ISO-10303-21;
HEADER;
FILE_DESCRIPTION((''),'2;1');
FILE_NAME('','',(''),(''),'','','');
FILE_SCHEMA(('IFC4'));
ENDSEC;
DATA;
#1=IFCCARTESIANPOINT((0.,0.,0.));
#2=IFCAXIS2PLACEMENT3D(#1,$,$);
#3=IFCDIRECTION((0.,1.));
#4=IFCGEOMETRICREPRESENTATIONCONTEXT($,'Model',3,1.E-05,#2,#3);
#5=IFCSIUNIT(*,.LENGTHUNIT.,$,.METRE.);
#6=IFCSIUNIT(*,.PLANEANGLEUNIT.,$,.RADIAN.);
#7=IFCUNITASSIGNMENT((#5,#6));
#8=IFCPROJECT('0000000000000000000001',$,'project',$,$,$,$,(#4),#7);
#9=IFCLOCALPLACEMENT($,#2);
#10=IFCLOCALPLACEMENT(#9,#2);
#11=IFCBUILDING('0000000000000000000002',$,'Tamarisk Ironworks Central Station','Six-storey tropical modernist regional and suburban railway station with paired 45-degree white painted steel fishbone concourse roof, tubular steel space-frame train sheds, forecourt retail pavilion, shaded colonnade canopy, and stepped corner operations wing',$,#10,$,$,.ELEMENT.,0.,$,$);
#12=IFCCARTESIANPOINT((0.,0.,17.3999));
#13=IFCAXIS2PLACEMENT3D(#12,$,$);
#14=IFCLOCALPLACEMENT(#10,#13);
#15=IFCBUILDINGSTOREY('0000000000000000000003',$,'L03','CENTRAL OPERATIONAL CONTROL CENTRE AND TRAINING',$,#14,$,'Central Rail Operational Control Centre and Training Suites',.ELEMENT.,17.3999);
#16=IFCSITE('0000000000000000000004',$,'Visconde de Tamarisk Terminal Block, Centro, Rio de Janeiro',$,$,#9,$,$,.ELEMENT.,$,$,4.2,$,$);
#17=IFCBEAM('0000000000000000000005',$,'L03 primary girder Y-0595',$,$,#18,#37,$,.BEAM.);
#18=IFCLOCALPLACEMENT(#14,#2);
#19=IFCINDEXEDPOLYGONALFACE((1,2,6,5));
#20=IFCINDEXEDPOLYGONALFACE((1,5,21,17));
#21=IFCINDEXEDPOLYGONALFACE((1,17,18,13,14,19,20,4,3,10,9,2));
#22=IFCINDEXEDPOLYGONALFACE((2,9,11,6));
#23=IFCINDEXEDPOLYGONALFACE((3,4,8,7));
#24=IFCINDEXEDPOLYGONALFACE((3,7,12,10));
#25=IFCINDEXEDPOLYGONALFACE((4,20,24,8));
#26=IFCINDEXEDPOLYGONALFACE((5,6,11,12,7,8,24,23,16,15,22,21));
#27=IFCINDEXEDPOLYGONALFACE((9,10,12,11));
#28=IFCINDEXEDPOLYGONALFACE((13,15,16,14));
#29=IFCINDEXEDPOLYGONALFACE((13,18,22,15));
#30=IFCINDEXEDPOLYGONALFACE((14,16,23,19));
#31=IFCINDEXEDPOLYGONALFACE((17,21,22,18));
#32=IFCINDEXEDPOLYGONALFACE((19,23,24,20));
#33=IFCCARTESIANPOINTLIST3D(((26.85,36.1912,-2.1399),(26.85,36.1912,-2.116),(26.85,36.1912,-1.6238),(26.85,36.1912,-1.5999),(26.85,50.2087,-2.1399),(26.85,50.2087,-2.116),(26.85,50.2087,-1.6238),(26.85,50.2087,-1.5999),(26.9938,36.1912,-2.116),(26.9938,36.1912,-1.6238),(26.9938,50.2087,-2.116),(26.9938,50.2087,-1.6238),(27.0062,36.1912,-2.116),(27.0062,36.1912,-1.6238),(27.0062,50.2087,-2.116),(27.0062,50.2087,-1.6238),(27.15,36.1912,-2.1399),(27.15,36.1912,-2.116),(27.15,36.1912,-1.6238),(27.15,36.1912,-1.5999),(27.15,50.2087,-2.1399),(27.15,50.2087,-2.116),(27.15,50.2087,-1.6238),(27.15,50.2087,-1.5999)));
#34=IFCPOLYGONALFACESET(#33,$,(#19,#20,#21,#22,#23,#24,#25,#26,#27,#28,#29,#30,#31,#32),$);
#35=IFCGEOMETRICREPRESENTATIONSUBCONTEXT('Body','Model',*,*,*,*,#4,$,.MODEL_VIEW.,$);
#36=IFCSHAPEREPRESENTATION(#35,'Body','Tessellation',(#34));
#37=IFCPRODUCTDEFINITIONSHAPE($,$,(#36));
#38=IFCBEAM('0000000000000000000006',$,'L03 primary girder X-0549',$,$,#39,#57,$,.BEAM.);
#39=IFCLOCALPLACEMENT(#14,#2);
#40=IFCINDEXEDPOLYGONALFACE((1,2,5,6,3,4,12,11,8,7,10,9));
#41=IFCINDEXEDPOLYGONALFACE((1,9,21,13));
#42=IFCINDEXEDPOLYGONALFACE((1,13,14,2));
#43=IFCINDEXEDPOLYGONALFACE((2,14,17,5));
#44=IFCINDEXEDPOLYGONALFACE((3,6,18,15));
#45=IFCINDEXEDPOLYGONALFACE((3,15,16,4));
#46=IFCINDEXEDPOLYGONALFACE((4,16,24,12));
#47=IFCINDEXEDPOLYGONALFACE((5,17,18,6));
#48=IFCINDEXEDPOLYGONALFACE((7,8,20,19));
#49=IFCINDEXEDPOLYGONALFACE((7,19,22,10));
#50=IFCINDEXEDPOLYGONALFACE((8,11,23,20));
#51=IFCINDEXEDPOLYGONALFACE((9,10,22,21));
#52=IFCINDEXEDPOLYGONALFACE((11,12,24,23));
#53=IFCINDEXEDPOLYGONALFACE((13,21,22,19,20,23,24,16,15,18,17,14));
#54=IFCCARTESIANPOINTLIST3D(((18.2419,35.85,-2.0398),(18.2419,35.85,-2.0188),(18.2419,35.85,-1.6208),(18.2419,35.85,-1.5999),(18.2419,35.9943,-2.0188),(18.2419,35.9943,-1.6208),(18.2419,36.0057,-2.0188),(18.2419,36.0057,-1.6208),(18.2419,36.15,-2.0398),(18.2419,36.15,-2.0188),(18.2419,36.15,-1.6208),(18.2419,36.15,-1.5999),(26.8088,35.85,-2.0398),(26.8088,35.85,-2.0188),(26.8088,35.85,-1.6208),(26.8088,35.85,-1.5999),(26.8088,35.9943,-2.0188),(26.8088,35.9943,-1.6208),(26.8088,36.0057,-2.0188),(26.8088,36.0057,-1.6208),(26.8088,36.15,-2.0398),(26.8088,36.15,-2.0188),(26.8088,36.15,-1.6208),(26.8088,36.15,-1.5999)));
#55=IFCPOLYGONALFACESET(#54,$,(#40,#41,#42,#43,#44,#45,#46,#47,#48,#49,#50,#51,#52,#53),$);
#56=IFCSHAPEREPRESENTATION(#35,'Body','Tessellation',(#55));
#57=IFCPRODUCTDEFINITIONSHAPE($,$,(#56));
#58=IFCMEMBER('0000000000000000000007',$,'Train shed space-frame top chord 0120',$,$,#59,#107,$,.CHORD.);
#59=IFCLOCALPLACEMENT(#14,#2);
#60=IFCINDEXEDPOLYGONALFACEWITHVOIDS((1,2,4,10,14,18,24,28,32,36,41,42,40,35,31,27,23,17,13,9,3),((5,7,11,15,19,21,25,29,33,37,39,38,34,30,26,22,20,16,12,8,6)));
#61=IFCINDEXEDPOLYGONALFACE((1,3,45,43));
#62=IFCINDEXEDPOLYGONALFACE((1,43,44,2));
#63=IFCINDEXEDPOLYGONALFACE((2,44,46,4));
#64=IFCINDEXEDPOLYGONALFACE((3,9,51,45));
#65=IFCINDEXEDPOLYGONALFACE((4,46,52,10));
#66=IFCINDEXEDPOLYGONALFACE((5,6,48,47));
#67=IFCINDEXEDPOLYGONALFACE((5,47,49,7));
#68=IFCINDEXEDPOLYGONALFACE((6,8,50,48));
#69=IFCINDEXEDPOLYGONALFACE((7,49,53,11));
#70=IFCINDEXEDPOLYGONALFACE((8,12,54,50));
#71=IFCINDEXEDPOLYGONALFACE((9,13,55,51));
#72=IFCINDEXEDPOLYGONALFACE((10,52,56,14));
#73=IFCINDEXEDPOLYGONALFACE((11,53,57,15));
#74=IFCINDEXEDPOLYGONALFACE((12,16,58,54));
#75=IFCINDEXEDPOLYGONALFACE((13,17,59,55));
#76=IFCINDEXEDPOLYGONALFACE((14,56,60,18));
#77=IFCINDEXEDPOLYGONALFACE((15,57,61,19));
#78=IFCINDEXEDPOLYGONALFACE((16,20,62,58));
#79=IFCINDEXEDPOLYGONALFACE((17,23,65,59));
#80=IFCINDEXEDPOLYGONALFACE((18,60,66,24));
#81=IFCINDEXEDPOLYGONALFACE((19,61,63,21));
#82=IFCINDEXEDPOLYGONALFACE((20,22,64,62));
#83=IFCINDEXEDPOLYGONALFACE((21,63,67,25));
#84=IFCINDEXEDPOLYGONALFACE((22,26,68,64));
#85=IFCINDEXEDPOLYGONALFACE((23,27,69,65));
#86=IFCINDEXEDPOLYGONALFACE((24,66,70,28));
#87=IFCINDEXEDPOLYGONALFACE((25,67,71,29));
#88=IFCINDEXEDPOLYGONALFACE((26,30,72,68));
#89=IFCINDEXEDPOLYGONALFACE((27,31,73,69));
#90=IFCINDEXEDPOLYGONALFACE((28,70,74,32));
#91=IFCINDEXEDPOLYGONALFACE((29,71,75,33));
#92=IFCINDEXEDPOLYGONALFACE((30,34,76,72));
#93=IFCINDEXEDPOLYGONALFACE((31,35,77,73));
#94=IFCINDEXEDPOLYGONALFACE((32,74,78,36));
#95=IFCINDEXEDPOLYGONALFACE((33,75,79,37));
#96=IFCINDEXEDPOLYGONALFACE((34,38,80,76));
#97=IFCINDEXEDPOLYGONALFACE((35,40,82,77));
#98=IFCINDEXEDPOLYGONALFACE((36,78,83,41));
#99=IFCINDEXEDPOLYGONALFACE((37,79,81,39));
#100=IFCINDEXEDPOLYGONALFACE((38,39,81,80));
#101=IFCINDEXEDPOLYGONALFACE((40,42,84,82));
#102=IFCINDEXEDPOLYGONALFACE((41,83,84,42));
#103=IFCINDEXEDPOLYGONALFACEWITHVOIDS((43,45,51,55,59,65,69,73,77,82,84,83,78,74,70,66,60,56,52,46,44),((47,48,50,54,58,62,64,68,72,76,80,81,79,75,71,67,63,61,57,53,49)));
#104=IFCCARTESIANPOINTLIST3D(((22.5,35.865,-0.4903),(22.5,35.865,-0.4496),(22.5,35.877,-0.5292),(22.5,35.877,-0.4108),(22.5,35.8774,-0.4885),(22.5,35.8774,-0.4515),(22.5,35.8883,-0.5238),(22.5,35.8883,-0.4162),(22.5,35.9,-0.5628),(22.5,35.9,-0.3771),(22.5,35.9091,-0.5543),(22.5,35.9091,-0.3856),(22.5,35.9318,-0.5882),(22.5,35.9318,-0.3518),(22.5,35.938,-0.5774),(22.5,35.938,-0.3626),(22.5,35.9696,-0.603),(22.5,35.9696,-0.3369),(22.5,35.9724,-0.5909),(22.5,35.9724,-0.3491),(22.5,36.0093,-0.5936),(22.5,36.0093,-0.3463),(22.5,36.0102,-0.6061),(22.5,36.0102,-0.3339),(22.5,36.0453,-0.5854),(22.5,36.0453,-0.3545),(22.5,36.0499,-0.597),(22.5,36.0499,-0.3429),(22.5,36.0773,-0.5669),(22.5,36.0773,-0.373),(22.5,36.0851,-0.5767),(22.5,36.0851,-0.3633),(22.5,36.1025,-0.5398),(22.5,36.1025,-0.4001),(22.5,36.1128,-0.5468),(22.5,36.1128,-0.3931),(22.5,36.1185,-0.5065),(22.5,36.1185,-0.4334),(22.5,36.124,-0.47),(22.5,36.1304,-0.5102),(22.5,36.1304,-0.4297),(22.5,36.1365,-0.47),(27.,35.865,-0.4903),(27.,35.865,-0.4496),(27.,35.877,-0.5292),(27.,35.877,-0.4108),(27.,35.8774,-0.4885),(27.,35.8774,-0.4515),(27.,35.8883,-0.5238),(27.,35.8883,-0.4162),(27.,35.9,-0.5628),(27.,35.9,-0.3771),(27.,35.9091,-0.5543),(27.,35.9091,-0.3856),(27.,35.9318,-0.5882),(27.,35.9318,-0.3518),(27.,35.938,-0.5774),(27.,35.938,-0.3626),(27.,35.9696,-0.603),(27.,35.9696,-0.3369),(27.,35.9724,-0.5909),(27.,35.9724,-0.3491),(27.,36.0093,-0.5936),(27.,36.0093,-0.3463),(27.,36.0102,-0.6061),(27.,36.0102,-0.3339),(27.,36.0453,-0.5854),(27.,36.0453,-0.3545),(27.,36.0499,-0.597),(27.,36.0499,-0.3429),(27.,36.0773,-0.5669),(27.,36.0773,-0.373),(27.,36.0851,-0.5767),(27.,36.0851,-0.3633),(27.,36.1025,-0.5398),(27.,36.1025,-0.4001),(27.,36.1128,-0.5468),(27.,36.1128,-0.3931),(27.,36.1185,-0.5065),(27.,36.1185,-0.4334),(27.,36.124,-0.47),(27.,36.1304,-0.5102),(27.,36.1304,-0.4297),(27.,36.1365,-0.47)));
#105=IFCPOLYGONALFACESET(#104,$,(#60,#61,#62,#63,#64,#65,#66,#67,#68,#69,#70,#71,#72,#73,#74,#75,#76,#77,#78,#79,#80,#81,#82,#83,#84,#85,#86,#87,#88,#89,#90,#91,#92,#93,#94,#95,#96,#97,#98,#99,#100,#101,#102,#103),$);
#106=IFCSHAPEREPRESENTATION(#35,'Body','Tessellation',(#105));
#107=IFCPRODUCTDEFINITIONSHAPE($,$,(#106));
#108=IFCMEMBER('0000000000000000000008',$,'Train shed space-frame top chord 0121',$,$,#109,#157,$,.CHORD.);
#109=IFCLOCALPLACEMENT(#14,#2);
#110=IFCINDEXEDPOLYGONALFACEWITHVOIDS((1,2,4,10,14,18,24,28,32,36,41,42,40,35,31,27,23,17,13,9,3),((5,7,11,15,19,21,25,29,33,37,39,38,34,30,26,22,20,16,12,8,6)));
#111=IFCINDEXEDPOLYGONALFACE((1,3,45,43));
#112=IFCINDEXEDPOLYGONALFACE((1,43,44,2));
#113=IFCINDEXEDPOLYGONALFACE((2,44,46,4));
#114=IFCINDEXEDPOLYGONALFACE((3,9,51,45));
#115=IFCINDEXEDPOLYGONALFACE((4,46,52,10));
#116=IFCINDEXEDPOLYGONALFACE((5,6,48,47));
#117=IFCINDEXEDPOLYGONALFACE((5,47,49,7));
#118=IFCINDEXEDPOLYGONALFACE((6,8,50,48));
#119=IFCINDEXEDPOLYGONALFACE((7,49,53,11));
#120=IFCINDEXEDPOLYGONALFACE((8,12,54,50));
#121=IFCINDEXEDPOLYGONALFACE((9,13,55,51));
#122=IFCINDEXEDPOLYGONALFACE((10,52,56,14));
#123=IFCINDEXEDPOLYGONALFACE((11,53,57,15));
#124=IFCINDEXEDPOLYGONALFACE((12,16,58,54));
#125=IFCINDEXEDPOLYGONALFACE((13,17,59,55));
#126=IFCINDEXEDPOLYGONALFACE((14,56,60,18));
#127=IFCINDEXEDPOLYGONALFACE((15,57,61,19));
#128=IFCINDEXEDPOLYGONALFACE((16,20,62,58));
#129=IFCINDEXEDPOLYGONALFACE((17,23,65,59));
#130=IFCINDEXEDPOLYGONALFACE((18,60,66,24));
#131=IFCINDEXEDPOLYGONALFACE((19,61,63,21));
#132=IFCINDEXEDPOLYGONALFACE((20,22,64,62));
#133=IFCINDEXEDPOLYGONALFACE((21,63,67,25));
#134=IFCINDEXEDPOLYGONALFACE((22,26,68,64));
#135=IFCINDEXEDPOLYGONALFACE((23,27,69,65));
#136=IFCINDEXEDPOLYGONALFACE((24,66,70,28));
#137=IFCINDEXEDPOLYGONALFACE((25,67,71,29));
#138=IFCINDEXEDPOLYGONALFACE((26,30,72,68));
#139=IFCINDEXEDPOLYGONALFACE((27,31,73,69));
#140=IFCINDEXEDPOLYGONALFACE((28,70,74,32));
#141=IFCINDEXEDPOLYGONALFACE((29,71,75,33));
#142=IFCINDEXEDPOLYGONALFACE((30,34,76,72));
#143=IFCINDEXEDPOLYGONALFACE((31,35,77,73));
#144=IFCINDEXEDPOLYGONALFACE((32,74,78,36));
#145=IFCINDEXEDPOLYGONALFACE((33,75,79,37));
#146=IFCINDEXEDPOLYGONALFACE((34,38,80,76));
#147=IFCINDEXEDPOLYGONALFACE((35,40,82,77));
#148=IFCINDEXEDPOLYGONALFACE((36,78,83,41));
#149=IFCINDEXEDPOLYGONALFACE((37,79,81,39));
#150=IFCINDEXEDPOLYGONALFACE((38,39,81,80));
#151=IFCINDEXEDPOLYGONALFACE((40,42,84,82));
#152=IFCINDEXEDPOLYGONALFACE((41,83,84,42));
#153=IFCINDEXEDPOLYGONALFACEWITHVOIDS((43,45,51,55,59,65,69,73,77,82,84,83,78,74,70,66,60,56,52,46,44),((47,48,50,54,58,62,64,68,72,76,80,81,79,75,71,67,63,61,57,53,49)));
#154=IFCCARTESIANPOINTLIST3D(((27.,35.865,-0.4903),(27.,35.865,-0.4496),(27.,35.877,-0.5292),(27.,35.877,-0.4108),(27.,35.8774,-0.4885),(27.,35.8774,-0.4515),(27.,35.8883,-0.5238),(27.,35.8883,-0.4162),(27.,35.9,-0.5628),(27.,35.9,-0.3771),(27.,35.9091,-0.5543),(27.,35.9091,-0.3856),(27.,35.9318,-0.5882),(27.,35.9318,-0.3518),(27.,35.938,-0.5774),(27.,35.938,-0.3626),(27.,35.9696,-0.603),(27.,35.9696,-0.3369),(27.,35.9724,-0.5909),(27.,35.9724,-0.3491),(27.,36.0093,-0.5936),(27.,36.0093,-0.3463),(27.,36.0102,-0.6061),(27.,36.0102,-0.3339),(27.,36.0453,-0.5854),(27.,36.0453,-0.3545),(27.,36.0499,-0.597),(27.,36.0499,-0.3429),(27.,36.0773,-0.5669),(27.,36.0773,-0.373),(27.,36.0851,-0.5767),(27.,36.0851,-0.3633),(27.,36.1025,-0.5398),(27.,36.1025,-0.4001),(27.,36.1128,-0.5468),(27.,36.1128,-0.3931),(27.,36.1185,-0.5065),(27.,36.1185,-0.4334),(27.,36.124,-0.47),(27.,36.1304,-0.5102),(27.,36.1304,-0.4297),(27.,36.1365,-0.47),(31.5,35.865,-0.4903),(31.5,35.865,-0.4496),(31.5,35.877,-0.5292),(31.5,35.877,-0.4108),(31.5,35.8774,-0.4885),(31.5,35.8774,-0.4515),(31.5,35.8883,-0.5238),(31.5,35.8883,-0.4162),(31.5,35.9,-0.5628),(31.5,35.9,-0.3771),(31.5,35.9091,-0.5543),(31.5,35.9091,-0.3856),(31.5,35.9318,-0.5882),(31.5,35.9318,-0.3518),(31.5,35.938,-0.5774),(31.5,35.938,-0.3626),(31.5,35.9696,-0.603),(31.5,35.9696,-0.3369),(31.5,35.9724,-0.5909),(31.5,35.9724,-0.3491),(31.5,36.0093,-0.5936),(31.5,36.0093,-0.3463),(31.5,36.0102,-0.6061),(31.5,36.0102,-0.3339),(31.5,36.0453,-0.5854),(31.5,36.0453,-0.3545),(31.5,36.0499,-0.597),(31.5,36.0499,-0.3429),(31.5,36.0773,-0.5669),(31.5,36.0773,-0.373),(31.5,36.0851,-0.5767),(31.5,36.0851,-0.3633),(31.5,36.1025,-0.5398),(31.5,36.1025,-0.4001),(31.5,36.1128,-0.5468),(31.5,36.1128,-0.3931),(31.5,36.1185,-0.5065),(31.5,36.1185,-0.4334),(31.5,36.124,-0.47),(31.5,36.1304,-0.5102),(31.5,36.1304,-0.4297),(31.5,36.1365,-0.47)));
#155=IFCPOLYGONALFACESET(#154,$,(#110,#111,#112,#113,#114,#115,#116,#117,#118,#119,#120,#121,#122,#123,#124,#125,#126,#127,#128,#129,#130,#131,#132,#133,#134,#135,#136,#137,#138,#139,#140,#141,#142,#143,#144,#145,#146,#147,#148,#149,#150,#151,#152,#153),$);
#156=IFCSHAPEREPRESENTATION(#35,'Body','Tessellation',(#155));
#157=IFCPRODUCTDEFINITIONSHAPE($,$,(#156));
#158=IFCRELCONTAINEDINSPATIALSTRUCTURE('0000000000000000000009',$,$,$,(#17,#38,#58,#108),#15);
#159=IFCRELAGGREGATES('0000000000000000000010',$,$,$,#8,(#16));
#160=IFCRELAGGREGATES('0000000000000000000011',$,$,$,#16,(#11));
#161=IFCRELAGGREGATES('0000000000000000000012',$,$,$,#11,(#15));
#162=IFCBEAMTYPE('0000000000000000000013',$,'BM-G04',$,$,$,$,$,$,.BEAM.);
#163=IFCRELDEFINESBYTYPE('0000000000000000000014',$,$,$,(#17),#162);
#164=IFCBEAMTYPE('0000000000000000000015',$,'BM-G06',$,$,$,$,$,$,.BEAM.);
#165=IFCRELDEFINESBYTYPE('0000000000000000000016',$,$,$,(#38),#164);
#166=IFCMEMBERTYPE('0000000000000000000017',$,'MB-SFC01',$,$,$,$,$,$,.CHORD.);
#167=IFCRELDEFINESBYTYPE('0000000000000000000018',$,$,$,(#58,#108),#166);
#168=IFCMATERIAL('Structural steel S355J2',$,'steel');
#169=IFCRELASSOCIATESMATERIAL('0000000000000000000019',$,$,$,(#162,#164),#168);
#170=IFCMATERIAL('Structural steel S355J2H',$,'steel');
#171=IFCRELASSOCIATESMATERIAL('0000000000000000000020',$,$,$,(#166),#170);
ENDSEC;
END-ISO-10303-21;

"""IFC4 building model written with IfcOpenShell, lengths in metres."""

from ifc_helpers import new_model, si_unit, direction, frame, origin, origin_2d, place, context, subcontext, project, spatial, hollow_circle, i_section, extrude, material, material_profile, profile_set, type_object, element, save


model = new_model("IFC4")

# Units and contexts
model_context = context("Model", 3, precision=1e-05, world=origin(), true_north=direction((0.0, 1.0)))
body_context = subcontext(model_context, "Body", "Model", "MODEL_VIEW")
ifc_project = project(units=[si_unit("LENGTHUNIT", "METRE"), si_unit("PLANEANGLEUNIT", "RADIAN")], contexts=[model_context])

# Site, building, storey
site_placement = place(None, origin())
site = spatial("IfcSite", under=ifc_project, at=site_placement, Name="Visconde de Tamarisk Terminal Block, Centro, Rio de Janeiro", CompositionType="ELEMENT", RefElevation=4.2)
building_placement = place(site_placement, origin())
building = spatial("IfcBuilding", under=site, at=building_placement, Name="Tamarisk Ironworks Central Station", Description="Six-storey tropical modernist regional and suburban railway station with paired 45-degree white painted steel fishbone concourse roof, tubular steel space-frame train sheds, forecourt retail pavilion, shaded colonnade canopy, and stepped corner operations wing", CompositionType="ELEMENT", ElevationOfRefHeight=0.0)
storey_placement = place(building_placement, frame((0.0, 0.0, 17.3999)))
storey = spatial("IfcBuildingStorey", under=building, at=storey_placement, Name="L03", Description="CENTRAL OPERATIONAL CONTROL CENTRE AND TRAINING", LongName="Central Rail Operational Control Centre and Training Suites", CompositionType="ELEMENT", Elevation=17.3999)

# Beams
ifc_material_1 = material(Name="Structural steel S355J2", Category="steel")
ifc_material_profile_1 = material_profile(ifc_material_1, i_section(OverallWidth=0.3, OverallDepth=0.54, WebThickness=0.0125, FlangeThickness=0.0239, at=origin_2d()), Name="HEA 550")
ifc_profile_set_1 = profile_set([ifc_material_profile_1], Name="Structural steel S355J2")
beam_type_1 = type_object("IfcBeamType", Name="BM-G04", PredefinedType="BEAM", material=ifc_profile_set_1)
beam_1_placement = place(storey_placement, frame((27.0, 36.1912, -1.8699), z_axis=(0.0, 1.0, 0.0), x_axis=(-1.0, 0.0, 0.0)))
element("IfcBeam", 1, at=beam_1_placement, inside=storey, type_object=beam_type_1, Name="L03 primary girder Y-0595", PredefinedType="BEAM", context=body_context, shape_type="SweptSolid", body=[
    extrude(i_section(OverallWidth=0.3, OverallDepth=0.54, WebThickness=0.0125, FlangeThickness=0.0239, at=origin_2d()), origin(), (0.0, 0.0, 1.0), 14.0176),
])
ifc_material_profile_2 = material_profile(ifc_material_1, i_section(OverallWidth=0.3, OverallDepth=0.4399, WebThickness=0.0115, FlangeThickness=0.021, at=origin_2d()), Name="HEA 450")
ifc_profile_set_2 = profile_set([ifc_material_profile_2], Name="Structural steel S355J2")
beam_type_2 = type_object("IfcBeamType", Name="BM-G06", PredefinedType="BEAM", material=ifc_profile_set_2)
beam_2_placement = place(storey_placement, frame((18.2419, 36.0, -1.8198), z_axis=(1.0, 0.0, 0.0), x_axis=(0.0, 1.0, 0.0)))
element("IfcBeam", 2, at=beam_2_placement, inside=storey, type_object=beam_type_2, Name="L03 primary girder X-0549", PredefinedType="BEAM", context=body_context, shape_type="SweptSolid", body=[
    extrude(i_section(OverallWidth=0.3, OverallDepth=0.4399, WebThickness=0.0115, FlangeThickness=0.021, at=origin_2d()), origin(), (0.0, 0.0, 1.0), 8.5669),
])

# Members
ifc_material_2 = material(Name="Structural steel S355J2H", Category="steel")
ifc_material_profile_3 = material_profile(ifc_material_2, hollow_circle(Radius=0.1365, WallThickness=0.0125, at=origin_2d()), Name="CHS 273x12.5")
ifc_profile_set_3 = profile_set([ifc_material_profile_3], Name="Structural steel S355J2H")
member_type_1 = type_object("IfcMemberType", Name="MB-SFC01", PredefinedType="CHORD", material=ifc_profile_set_3)
for number, where, z_axis, x_axis, name in (
    (3, (22.5, 36.0, -0.47), (1.0, 0.0, 0.0), (0.0, 1.0, 0.0), "Train shed space-frame top chord 0120"),
    (4, (27.0, 36.0, -0.47), (1.0, 0.0, 0.0), (0.0, 1.0, 0.0), "Train shed space-frame top chord 0121"),
):
    element("IfcMember", number, at=place(storey_placement, frame(where, z_axis=z_axis, x_axis=x_axis)), inside=storey, type_object=member_type_1, Name=name, PredefinedType="CHORD", context=body_context, shape_type="SweptSolid", body=[
        extrude(hollow_circle(Radius=0.1365, WallThickness=0.0125, at=origin_2d()), origin(), (0.0, 0.0, 1.0), 4.5),
    ])

save(model, "model.ifc")
